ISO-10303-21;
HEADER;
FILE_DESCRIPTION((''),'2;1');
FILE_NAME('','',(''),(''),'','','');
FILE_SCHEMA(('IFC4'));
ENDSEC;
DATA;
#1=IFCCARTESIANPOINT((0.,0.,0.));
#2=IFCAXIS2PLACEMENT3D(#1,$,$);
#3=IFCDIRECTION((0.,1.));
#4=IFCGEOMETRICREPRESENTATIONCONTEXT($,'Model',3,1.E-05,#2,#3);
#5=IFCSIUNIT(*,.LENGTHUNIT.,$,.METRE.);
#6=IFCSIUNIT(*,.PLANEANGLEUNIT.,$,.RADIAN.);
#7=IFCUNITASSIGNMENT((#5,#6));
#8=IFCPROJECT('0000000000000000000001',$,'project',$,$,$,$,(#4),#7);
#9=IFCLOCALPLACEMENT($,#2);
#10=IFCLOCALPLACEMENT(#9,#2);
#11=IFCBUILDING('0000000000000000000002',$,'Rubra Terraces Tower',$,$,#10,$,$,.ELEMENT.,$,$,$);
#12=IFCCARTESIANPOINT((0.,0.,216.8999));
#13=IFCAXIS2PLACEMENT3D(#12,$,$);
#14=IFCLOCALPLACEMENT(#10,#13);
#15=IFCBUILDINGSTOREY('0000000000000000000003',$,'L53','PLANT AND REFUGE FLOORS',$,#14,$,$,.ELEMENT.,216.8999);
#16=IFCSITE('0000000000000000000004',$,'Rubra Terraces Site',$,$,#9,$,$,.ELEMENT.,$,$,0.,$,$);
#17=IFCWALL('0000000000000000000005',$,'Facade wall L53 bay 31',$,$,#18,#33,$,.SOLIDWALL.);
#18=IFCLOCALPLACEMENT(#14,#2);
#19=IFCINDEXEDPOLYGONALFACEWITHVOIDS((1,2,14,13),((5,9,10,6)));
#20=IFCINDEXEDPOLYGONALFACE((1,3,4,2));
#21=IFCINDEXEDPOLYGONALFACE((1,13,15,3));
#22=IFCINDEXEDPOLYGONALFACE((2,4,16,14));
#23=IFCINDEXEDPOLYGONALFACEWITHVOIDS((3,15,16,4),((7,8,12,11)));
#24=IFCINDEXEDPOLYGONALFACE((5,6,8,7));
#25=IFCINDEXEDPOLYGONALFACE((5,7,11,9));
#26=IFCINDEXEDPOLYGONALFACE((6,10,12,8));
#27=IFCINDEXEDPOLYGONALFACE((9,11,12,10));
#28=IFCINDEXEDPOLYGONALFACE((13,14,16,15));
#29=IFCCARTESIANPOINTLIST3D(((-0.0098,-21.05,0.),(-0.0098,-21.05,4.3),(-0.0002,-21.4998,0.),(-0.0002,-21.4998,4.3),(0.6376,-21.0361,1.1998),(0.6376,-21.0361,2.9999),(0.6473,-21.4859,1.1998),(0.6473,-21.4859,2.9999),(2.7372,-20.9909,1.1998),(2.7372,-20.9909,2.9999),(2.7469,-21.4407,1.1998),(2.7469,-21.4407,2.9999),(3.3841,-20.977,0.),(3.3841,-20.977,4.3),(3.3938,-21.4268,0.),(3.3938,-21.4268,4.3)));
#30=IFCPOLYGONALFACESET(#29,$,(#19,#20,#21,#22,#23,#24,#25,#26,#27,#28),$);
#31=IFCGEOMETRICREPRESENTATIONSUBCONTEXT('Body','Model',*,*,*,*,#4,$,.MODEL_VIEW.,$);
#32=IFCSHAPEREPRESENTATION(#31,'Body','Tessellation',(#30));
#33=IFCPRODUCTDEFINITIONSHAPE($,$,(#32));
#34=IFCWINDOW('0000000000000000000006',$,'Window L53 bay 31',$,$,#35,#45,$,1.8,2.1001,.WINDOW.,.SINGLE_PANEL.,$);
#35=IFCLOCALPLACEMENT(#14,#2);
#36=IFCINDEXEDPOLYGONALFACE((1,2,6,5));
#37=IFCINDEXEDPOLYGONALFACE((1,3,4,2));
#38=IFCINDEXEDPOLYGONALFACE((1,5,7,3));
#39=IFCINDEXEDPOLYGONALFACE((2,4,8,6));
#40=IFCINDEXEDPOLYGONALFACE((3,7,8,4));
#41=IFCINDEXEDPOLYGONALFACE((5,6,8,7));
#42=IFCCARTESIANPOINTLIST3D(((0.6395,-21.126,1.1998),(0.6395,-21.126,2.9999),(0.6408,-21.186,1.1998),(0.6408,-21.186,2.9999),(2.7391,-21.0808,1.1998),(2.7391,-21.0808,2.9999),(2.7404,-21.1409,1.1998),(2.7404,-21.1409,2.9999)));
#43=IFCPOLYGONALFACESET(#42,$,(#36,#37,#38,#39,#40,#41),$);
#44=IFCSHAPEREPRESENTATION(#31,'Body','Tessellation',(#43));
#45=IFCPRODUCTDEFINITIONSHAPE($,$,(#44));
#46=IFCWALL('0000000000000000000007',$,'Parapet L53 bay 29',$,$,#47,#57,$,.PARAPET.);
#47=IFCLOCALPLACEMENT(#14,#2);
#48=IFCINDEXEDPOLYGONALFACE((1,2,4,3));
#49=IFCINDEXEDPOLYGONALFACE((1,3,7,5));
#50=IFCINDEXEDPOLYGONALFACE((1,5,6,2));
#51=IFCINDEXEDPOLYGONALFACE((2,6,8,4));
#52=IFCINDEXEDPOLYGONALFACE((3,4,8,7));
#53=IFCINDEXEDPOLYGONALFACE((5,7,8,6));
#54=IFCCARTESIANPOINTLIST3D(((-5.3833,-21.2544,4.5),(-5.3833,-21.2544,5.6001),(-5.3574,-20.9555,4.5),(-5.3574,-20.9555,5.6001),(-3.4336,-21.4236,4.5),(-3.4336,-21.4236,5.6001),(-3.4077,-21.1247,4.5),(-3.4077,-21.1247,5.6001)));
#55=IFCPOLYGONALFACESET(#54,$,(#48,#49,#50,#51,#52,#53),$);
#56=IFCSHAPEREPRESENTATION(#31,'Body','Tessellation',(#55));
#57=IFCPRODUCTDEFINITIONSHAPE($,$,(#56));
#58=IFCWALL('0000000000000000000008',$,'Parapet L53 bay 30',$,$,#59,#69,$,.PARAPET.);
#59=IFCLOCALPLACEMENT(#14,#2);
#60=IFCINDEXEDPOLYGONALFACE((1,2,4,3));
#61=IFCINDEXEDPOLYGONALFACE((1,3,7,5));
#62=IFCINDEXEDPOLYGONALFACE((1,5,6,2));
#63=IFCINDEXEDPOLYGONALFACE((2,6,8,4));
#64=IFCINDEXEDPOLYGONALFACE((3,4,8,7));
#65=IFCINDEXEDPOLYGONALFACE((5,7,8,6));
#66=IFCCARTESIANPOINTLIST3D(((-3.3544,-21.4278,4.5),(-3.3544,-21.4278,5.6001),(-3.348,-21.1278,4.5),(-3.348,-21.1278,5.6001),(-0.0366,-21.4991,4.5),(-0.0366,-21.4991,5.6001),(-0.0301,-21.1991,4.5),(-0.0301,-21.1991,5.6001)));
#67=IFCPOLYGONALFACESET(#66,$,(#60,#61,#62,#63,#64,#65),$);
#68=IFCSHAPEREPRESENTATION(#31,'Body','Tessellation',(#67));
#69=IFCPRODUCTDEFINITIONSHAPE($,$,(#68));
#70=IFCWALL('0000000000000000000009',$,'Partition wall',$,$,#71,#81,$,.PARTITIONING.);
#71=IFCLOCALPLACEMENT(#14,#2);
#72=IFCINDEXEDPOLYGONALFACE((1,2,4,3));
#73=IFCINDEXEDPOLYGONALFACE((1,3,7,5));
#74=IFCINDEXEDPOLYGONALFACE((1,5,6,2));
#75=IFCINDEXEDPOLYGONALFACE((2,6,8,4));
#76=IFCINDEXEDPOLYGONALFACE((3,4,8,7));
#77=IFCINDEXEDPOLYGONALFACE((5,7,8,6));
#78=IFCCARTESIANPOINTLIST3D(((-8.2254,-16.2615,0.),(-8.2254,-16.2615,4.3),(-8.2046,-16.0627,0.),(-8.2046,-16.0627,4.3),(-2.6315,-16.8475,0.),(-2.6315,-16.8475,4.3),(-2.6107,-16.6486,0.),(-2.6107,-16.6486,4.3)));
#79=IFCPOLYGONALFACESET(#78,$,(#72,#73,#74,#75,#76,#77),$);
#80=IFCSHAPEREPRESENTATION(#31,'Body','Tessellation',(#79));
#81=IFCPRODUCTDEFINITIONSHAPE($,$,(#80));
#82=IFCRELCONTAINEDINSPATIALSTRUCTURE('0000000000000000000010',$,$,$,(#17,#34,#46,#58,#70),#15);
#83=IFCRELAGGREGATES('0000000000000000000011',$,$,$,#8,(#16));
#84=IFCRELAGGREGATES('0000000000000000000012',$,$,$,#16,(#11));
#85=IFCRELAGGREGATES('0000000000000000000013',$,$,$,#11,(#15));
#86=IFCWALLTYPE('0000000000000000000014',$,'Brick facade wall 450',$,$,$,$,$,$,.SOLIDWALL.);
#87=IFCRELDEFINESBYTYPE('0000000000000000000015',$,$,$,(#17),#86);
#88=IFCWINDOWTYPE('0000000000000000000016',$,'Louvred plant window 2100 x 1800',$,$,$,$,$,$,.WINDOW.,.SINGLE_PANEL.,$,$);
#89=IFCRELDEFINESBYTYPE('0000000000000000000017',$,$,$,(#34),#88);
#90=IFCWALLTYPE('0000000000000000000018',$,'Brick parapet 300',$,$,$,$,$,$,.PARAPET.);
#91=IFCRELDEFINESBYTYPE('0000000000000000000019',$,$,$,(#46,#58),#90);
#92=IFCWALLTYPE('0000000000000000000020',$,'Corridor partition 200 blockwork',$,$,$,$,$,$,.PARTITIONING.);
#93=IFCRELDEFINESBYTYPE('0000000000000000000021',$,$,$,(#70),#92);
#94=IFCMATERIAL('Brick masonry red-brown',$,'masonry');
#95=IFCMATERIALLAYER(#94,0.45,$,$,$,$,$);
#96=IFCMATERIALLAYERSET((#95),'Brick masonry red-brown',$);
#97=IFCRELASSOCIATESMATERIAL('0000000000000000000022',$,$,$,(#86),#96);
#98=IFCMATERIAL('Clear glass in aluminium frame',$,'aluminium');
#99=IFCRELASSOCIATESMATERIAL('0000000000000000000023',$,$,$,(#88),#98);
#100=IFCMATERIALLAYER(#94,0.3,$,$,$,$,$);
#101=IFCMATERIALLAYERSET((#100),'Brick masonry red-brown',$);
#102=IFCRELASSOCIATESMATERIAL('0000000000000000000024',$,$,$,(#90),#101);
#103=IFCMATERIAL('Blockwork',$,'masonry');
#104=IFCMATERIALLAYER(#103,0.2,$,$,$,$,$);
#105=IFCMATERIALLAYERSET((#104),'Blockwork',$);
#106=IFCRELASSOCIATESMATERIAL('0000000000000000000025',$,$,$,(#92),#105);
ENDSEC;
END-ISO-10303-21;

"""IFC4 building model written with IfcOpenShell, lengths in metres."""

from ifc_helpers import new_model, si_unit, direction, frame, frame_2d, origin, place, context, subcontext, project, spatial, rectangle, extrude, material, layer, layer_set, type_object, element, fill, save


model = new_model("IFC4")

# Units and contexts
model_context = context("Model", 3, precision=1e-05, world=origin(), true_north=direction((0.0, 1.0)))
body_context = subcontext(model_context, "Body", "Model", "MODEL_VIEW")
ifc_project = project(units=[si_unit("LENGTHUNIT", "METRE"), si_unit("PLANEANGLEUNIT", "RADIAN")], contexts=[model_context])

# Site, building, storey
site_placement = place(None, origin())
site = spatial("IfcSite", under=ifc_project, at=site_placement, Name="Rubra Terraces Site", CompositionType="ELEMENT", RefElevation=0.0)
building_placement = place(site_placement, origin())
building = spatial("IfcBuilding", under=site, at=building_placement, Name="Rubra Terraces Tower", CompositionType="ELEMENT")
storey_placement = place(building_placement, frame((0.0, 0.0, 216.8999)))
storey = spatial("IfcBuildingStorey", under=building, at=storey_placement, Name="L53", Description="PLANT AND REFUGE FLOORS", CompositionType="ELEMENT", Elevation=216.8999)

# Wall, opening, window
ifc_material_1 = material(Name="Brick masonry red-brown", Category="masonry")
ifc_layer_1 = layer(ifc_material_1, 0.45)
ifc_layer_set_1 = layer_set([ifc_layer_1], Name="Brick masonry red-brown")
wall_type_1 = type_object("IfcWallType", Name="Brick facade wall 450", PredefinedType="SOLIDWALL", material=ifc_layer_set_1)
ifc_material_2 = material(Name="Clear glass in aluminium frame", Category="aluminium")
window_type = type_object("IfcWindowType", Name="Louvred plant window 2100 x 1800", PartitioningType="SINGLE_PANEL", PredefinedType="WINDOW", material=ifc_material_2)
wall_1_placement = place(storey_placement, frame((-0.0049, -21.2749, 0.0), z_axis=(0.0, 0.0, 1.0), x_axis=(0.999769, 0.021503, 0.0)))
wall_1 = element("IfcWall", 1, at=wall_1_placement, inside=storey, type_object=wall_type_1, Name="Facade wall L53 bay 31", PredefinedType="SOLIDWALL", context=body_context, shape_type="SweptSolid", body=[
    extrude(rectangle(XDim=3.3948, YDim=0.45, at=frame_2d((1.6973, 0.0))), origin(), (0.0, 0.0, 1.0), 4.3),
])
opening_1_placement = place(wall_1_placement, frame((0.6475, 0.0, 1.2)))
opening_1 = element("IfcOpeningElement", 2, at=opening_1_placement, cuts=wall_1, PredefinedType="OPENING", context=body_context, shape_type="SweptSolid", body=[
    extrude(rectangle(XDim=2.1001, YDim=1.8, at=frame_2d((1.05, 0.8999))), frame((0.0, 0.2349, 0.0), z_axis=(0.0, -1.0, 0.0), x_axis=(1.0, 0.0, 0.0)), (0.0, 0.0, 1.0), 0.47),
])
window_1_placement = place(opening_1_placement, origin())
window_1 = element("IfcWindow", 3, at=window_1_placement, inside=storey, type_object=window_type, Name="Window L53 bay 31", OverallHeight=1.8, OverallWidth=2.1001, PartitioningType="SINGLE_PANEL", PredefinedType="WINDOW", context=body_context, shape_type="SweptSolid", body=[
    extrude(rectangle(XDim=2.1001, YDim=1.8, at=frame_2d((1.05, 0.8999))), frame((0.0, 0.135, 0.0), z_axis=(0.0, -1.0, 0.0), x_axis=(1.0, 0.0, 0.0)), (0.0, 0.0, 1.0), 0.0601),
])
fill(opening_1, window_1)

# Walls
ifc_layer_2 = layer(ifc_material_1, 0.3)
ifc_layer_set_2 = layer_set([ifc_layer_2], Name="Brick masonry red-brown")
wall_type_2 = type_object("IfcWallType", Name="Brick parapet 300", PredefinedType="PARAPET", material=ifc_layer_set_2)
wall_2_placement = place(storey_placement, frame((-5.3704, -21.105, 4.5), z_axis=(0.0, 0.0, 1.0), x_axis=(0.996256, -0.086452, 0.0)))
element("IfcWall", 4, at=wall_2_placement, inside=storey, type_object=wall_type_2, Name="Parapet L53 bay 29", PredefinedType="PARAPET", context=body_context, shape_type="SweptSolid", body=[
    extrude(rectangle(XDim=1.957, YDim=0.3, at=frame_2d((0.9785, 0.0))), origin(), (0.0, 0.0, 1.0), 1.1001),
])
wall_3_placement = place(storey_placement, frame((-3.3511, -21.2778, 4.5), z_axis=(0.0, 0.0, 1.0), x_axis=(0.999769, -0.021481, 0.0)))
element("IfcWall", 5, at=wall_3_placement, inside=storey, type_object=wall_type_2, Name="Parapet L53 bay 30", PredefinedType="PARAPET", context=body_context, shape_type="SweptSolid", body=[
    extrude(rectangle(XDim=3.3186, YDim=0.3, at=frame_2d((1.6592, 0.0))), origin(), (0.0, 0.0, 1.0), 1.1001),
])
ifc_material_3 = material(Name="Blockwork", Category="masonry")
ifc_layer_3 = layer(ifc_material_3, 0.2)
ifc_layer_set_3 = layer_set([ifc_layer_3], Name="Blockwork")
wall_type_3 = type_object("IfcWallType", Name="Corridor partition 200 blockwork", PredefinedType="PARTITIONING", material=ifc_layer_set_3)
wall_4_placement = place(storey_placement, frame((-2.6211, -16.748, 0.0), z_axis=(0.0, 0.0, 1.0), x_axis=(-0.994559, 0.104174, 0.0)))
element("IfcWall", 6, at=wall_4_placement, inside=storey, type_object=wall_type_3, Name="Partition wall", PredefinedType="PARTITIONING", context=body_context, shape_type="SweptSolid", body=[
    extrude(rectangle(XDim=5.6245, YDim=0.2, at=frame_2d((2.8123, 0.0))), origin(), (0.0, 0.0, 1.0), 4.3),
])

save(model, "model.ifc")
